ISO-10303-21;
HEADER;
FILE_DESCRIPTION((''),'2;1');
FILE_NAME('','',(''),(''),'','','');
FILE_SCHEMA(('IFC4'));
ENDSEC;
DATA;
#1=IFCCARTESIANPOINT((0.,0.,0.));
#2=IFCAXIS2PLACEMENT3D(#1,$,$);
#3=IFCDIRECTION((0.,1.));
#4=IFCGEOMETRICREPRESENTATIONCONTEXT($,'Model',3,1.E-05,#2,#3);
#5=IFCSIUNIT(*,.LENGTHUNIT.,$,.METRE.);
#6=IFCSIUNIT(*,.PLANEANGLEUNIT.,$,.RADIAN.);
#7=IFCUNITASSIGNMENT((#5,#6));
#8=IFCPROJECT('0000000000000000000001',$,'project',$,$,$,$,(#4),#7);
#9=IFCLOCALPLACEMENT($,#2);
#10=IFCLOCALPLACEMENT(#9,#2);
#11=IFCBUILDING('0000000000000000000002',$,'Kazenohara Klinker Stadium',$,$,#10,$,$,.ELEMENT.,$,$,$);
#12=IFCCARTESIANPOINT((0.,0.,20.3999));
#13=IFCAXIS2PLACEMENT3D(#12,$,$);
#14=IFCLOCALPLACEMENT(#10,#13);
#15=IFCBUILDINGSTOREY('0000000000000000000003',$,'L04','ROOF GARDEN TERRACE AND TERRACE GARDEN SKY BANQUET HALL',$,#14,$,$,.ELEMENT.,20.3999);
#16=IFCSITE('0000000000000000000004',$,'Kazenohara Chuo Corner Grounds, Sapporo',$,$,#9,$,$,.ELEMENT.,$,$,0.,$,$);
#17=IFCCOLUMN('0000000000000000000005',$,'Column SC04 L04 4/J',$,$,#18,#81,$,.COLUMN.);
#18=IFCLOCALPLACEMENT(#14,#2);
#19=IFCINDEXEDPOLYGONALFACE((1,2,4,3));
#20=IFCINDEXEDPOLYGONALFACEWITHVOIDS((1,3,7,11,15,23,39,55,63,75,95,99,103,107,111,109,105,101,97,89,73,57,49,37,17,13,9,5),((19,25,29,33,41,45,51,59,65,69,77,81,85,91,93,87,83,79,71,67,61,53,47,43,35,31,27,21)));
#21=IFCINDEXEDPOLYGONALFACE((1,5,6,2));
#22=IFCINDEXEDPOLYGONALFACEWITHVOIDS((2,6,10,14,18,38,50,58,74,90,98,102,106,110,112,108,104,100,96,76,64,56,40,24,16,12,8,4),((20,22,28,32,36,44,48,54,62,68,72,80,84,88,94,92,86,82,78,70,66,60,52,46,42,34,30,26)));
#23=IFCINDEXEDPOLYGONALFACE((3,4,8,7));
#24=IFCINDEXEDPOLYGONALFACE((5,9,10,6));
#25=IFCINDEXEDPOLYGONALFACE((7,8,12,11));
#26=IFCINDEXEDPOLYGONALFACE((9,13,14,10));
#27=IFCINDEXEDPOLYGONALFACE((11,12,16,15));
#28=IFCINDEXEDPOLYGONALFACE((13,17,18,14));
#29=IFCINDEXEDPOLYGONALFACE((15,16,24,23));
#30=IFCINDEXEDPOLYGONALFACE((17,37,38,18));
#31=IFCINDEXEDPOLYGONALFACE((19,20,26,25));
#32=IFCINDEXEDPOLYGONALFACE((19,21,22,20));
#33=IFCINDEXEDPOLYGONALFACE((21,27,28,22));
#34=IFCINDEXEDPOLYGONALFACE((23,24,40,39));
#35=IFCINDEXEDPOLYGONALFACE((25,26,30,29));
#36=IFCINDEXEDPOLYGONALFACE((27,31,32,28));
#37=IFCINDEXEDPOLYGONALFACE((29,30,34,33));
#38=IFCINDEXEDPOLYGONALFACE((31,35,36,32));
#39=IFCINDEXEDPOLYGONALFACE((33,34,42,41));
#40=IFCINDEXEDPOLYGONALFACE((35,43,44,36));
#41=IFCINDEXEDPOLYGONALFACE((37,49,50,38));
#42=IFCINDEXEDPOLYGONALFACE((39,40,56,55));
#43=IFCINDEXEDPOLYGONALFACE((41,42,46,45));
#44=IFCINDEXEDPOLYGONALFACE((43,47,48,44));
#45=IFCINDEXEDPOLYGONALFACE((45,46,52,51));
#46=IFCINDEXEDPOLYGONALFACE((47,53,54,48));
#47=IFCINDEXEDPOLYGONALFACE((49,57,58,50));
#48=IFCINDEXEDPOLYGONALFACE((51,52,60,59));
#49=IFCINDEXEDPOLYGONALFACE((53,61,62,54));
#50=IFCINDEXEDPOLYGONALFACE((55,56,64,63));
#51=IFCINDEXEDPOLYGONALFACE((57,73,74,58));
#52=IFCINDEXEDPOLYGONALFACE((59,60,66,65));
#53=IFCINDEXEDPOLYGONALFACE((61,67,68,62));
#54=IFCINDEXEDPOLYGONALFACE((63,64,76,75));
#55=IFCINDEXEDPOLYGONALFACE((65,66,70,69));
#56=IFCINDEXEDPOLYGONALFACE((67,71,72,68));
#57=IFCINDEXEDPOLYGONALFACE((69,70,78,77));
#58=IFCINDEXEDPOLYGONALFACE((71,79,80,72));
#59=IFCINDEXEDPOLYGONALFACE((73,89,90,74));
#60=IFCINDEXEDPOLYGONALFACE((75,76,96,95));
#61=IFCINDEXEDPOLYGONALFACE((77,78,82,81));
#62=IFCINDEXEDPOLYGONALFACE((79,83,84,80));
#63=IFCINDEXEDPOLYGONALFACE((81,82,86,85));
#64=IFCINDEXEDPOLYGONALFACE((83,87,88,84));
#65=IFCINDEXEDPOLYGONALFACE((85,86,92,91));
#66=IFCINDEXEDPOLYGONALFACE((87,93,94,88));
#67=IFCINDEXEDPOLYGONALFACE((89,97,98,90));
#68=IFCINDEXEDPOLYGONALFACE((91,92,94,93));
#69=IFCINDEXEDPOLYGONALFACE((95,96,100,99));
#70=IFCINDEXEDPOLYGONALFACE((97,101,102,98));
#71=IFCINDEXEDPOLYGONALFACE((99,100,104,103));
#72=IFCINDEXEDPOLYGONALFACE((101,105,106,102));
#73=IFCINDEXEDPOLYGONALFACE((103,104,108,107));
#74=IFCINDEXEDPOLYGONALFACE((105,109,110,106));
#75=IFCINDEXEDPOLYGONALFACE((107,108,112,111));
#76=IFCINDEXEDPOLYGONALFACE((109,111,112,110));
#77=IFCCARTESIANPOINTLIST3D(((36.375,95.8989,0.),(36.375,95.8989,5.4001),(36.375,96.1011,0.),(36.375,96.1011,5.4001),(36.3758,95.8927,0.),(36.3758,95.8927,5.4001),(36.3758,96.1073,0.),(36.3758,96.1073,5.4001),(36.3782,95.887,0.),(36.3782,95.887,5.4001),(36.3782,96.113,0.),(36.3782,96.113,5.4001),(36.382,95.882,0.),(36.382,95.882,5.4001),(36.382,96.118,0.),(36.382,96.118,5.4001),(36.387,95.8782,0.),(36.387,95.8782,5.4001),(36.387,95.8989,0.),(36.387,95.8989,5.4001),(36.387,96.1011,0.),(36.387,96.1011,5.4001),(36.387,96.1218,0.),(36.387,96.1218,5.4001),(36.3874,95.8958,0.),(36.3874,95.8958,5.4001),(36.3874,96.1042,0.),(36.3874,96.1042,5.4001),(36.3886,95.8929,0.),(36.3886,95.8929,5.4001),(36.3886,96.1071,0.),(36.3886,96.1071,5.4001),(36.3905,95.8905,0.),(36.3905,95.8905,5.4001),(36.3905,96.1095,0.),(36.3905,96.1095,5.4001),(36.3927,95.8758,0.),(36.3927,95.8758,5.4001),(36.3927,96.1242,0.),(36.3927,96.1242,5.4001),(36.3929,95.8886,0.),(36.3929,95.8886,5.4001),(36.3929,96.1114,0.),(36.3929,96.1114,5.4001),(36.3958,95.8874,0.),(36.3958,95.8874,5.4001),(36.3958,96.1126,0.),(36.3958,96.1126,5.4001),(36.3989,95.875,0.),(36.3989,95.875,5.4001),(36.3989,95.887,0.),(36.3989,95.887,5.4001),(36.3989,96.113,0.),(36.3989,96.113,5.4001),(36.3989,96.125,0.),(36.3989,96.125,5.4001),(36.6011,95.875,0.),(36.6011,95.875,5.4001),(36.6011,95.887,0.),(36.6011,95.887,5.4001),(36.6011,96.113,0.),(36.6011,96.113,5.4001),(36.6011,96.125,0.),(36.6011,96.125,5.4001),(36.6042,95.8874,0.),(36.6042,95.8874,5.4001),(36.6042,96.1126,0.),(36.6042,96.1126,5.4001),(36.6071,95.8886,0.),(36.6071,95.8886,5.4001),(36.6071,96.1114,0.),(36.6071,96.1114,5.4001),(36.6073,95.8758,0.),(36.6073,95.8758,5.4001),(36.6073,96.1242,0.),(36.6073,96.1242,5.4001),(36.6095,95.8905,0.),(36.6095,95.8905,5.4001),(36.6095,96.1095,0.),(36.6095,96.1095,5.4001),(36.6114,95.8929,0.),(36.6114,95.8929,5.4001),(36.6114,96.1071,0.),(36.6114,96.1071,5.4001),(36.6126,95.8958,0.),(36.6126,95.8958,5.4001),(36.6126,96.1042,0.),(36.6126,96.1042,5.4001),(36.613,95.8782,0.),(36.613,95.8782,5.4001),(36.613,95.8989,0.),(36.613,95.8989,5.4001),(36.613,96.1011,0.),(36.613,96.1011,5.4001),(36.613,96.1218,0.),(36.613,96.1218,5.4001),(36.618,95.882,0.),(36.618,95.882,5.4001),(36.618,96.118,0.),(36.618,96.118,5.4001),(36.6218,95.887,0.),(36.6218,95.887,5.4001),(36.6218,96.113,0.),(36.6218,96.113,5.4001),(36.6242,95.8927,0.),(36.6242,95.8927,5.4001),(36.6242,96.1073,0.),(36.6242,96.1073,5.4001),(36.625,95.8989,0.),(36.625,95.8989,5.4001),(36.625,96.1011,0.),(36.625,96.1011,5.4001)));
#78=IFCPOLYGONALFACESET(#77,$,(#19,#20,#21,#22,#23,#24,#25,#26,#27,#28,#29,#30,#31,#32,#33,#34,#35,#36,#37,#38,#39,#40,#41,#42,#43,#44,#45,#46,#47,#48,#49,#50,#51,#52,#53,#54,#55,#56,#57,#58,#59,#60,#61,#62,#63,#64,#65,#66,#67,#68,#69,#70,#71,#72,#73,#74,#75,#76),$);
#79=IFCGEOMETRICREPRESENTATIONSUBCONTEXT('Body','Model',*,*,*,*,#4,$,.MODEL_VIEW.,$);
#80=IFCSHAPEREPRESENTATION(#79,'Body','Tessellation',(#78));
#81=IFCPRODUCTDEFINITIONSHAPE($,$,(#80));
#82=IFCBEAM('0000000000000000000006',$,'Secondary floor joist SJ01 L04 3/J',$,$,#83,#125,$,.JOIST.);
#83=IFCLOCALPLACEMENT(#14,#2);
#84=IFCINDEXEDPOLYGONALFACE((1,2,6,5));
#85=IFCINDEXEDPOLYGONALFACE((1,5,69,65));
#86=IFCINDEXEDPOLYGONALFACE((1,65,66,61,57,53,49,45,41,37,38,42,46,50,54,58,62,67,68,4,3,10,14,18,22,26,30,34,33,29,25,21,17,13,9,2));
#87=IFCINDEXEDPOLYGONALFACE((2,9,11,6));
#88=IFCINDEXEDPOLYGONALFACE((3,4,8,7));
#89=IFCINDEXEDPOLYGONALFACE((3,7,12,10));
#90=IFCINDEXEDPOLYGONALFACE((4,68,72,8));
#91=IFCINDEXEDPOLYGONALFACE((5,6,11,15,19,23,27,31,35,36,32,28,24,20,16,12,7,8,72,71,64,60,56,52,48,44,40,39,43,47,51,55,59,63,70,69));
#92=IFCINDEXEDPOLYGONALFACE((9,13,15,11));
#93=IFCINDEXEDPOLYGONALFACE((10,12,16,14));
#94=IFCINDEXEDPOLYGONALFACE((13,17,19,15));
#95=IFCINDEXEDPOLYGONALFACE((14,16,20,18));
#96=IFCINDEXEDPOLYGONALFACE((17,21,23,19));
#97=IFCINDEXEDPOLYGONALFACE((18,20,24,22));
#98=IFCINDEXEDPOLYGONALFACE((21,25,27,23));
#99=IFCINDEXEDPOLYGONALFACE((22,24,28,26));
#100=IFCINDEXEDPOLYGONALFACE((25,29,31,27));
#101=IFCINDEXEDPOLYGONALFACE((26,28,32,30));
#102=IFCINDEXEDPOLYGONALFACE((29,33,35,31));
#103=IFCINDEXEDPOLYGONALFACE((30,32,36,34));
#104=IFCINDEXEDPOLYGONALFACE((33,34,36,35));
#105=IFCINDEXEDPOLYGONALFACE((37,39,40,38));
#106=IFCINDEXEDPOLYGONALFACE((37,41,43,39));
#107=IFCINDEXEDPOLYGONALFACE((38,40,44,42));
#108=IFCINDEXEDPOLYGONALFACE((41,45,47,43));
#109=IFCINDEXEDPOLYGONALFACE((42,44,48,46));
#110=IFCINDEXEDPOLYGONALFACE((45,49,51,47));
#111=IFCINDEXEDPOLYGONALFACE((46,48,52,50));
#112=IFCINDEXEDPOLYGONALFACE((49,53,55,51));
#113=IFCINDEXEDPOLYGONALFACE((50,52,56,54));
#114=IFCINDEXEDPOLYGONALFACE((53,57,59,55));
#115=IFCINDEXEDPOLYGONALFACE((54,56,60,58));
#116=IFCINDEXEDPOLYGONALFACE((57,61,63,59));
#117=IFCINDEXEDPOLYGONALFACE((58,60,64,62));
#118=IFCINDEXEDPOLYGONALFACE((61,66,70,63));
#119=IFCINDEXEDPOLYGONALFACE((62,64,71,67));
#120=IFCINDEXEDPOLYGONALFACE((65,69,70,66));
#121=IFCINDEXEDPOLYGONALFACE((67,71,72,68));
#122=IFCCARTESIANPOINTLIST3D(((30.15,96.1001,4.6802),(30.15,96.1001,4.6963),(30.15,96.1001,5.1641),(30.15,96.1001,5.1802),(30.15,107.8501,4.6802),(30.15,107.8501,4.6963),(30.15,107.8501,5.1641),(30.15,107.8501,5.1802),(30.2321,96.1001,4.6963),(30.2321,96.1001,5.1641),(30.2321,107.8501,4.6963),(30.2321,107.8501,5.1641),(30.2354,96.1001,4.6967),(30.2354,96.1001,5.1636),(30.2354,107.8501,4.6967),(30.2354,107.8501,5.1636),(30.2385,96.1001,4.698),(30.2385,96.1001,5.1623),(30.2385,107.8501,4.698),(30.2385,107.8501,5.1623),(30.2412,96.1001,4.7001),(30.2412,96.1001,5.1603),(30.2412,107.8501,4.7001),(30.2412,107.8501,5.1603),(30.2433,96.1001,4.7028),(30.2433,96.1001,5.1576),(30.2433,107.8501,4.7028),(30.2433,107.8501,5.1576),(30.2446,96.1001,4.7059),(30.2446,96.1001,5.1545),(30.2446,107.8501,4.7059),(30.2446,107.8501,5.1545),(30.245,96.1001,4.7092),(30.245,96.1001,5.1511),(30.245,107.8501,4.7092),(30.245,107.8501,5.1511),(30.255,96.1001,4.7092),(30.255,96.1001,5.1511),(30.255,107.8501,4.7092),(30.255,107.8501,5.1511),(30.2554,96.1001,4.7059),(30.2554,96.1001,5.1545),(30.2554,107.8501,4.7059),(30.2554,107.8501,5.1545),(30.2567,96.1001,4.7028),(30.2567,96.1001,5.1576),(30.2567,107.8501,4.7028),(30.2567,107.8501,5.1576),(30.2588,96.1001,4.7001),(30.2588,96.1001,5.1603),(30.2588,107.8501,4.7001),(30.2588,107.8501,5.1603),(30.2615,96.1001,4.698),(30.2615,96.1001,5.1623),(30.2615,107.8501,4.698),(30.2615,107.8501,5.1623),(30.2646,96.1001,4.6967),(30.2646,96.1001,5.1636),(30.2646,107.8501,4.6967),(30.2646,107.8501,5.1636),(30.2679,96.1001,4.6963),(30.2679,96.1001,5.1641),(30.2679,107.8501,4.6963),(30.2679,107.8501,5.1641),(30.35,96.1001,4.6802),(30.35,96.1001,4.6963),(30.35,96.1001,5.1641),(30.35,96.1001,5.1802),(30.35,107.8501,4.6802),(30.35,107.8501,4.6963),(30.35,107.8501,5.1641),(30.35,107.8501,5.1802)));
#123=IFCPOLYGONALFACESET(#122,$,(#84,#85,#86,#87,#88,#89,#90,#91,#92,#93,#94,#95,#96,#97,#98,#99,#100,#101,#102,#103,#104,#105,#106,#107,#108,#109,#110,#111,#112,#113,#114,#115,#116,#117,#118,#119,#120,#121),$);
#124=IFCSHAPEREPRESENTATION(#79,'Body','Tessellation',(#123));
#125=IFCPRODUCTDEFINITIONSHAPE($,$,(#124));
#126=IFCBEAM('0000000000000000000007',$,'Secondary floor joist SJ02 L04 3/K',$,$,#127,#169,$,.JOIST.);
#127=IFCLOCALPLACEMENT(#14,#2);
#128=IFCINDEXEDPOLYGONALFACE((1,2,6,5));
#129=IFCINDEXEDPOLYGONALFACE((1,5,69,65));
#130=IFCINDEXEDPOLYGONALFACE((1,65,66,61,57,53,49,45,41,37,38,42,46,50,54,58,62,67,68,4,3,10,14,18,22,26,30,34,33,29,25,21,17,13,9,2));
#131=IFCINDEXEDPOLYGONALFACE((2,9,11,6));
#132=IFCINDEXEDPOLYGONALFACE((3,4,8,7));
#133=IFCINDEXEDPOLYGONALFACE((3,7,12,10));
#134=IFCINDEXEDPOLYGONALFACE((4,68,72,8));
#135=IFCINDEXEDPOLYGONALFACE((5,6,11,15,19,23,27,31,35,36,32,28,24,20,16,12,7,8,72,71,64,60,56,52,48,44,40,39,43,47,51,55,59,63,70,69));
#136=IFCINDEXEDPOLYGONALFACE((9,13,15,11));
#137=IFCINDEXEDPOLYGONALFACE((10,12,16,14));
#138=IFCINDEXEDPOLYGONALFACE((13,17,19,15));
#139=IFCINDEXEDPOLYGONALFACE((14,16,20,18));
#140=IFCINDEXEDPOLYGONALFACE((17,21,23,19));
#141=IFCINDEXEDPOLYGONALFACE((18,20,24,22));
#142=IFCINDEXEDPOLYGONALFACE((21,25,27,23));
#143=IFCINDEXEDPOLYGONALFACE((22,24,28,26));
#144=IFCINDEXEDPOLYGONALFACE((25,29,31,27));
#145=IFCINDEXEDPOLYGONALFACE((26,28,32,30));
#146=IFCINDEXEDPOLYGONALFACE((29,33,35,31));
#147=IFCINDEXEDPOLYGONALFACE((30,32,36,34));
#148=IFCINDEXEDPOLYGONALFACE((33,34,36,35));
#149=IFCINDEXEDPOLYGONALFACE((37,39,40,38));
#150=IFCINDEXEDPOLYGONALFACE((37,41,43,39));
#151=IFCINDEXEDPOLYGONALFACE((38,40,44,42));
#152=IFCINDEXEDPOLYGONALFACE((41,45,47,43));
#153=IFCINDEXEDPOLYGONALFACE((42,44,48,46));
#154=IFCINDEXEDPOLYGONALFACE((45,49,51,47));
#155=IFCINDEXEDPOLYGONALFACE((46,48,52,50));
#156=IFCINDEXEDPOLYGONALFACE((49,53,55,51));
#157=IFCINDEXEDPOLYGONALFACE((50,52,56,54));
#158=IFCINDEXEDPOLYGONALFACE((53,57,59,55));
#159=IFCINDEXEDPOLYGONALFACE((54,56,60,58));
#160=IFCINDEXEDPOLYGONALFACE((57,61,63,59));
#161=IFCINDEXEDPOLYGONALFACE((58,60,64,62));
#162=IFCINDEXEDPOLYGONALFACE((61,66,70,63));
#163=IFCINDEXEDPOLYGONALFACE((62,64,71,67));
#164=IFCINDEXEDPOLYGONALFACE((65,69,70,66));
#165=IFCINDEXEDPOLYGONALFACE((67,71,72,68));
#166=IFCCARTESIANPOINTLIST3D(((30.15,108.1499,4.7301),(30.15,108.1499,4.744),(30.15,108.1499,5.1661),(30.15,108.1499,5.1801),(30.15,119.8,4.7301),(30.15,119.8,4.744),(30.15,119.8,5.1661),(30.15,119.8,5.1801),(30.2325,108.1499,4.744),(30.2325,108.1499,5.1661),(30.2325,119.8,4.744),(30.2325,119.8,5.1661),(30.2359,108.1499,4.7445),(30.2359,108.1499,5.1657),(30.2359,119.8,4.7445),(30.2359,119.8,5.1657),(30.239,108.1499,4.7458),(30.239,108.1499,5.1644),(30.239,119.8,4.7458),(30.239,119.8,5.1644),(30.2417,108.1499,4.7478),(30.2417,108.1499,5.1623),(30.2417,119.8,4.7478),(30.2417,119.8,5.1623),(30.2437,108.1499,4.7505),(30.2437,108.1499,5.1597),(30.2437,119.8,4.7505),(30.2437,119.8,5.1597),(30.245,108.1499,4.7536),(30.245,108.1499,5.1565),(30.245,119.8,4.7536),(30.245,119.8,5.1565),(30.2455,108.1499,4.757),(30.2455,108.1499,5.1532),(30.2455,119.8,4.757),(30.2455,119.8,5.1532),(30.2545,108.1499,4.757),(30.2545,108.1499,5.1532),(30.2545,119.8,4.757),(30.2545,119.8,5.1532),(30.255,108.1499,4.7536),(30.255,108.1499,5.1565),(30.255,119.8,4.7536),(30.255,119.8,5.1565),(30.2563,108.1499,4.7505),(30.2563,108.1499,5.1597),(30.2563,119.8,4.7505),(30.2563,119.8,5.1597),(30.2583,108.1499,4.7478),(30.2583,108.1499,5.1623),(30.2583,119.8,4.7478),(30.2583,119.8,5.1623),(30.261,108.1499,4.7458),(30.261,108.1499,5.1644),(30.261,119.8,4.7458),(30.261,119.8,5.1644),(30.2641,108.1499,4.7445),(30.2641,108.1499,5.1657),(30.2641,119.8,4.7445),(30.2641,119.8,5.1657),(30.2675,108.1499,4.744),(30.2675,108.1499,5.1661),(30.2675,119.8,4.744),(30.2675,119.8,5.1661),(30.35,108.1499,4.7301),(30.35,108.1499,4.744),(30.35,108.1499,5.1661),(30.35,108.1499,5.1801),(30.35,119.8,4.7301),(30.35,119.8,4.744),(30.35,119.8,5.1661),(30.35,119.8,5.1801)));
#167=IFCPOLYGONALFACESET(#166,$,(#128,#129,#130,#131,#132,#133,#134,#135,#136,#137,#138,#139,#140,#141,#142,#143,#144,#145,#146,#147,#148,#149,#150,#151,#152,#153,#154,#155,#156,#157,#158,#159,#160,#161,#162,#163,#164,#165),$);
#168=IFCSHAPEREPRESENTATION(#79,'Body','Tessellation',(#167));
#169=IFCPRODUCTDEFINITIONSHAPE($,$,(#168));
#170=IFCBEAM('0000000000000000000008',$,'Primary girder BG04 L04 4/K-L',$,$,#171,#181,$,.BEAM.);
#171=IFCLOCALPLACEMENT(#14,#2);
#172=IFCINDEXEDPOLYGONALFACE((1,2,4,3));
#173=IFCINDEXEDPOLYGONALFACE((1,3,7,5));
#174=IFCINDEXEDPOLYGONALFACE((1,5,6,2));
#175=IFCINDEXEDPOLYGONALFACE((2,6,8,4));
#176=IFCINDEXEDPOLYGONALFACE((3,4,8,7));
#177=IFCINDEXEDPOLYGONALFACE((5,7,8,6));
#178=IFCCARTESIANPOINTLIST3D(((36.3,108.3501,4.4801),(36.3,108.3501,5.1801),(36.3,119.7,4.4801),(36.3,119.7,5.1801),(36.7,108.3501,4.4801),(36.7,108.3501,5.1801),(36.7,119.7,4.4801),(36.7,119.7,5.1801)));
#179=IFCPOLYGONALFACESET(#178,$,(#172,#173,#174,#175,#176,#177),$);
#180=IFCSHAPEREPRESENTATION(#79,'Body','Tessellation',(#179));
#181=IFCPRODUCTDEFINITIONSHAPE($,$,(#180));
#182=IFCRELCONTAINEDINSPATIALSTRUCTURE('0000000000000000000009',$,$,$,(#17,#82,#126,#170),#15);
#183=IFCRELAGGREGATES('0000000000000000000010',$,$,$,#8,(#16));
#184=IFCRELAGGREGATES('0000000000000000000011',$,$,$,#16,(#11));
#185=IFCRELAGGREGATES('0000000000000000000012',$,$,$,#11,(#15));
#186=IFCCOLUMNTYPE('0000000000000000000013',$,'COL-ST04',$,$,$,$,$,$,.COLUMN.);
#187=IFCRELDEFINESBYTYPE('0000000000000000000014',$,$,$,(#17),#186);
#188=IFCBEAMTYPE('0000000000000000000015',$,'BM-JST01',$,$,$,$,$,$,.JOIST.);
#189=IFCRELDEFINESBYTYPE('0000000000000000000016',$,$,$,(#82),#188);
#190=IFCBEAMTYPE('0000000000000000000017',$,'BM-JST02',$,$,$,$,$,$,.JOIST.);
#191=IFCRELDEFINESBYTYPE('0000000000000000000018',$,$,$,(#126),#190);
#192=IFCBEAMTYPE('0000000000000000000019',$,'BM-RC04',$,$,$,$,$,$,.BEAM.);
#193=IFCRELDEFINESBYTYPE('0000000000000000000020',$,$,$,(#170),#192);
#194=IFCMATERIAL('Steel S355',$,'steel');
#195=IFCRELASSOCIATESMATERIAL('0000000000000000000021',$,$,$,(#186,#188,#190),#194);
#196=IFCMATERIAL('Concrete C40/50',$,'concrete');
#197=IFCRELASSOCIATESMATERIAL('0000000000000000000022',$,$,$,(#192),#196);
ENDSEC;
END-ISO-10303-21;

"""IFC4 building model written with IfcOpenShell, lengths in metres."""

from ifc_helpers import new_model, si_unit, direction, frame, origin, origin_2d, place, context, subcontext, project, spatial, rectangle, hollow_rectangle, i_section, extrude, material, material_profile, profile_set, type_object, element, save


model = new_model("IFC4")

# Units and contexts
model_context = context("Model", 3, precision=1e-05, world=origin(), true_north=direction((0.0, 1.0)))
body_context = subcontext(model_context, "Body", "Model", "MODEL_VIEW")
ifc_project = project(units=[si_unit("LENGTHUNIT", "METRE"), si_unit("PLANEANGLEUNIT", "RADIAN")], contexts=[model_context])

# Site, building, storey
site_placement = place(None, origin())
site = spatial("IfcSite", under=ifc_project, at=site_placement, Name="Kazenohara Chuo Corner Grounds, Sapporo", CompositionType="ELEMENT", RefElevation=0.0)
building_placement = place(site_placement, origin())
building = spatial("IfcBuilding", under=site, at=building_placement, Name="Kazenohara Klinker Stadium", CompositionType="ELEMENT")
storey_placement = place(building_placement, frame((0.0, 0.0, 20.3999)))
storey = spatial("IfcBuildingStorey", under=building, at=storey_placement, Name="L04", Description="ROOF GARDEN TERRACE AND TERRACE GARDEN SKY BANQUET HALL", CompositionType="ELEMENT", Elevation=20.3999)

# Column
ifc_material_1 = material(Name="Concrete C40/50", Category="concrete")
ifc_material_2 = material(Name="Steel S355", Category="steel")
ifc_material_profile_1 = material_profile(ifc_material_2, hollow_rectangle(XDim=0.25, YDim=0.25, WallThickness=0.012, InnerFilletRadius=0.012, OuterFilletRadius=0.0239, at=origin_2d()), Name="SHS-250x250x12")
ifc_profile_set_1 = profile_set([ifc_material_profile_1], Name="Steel S355")
column_type_1 = type_object("IfcColumnType", Name="COL-ST04", PredefinedType="COLUMN", material=ifc_profile_set_1)
for number, where, z_axis, x_axis, name in (
    (1, (36.5, 96.0, 0.0), (0.0, 0.0, 1.0), (1.0, 0.0, 0.0), "Column SC04 L04 4/J"),
):
    element("IfcColumn", number, at=place(storey_placement, frame(where, z_axis=z_axis, x_axis=x_axis)), inside=storey, type_object=column_type_1, Name=name, PredefinedType="COLUMN", context=body_context, shape_type="SweptSolid", body=[
        extrude(hollow_rectangle(XDim=0.25, YDim=0.25, WallThickness=0.012, InnerFilletRadius=0.012, OuterFilletRadius=0.0239, at=origin_2d()), origin(), (0.0, 0.0, 1.0), 5.4001),
    ])

# Beams
ifc_material_profile_2 = material_profile(ifc_material_2, i_section(OverallWidth=0.2, OverallDepth=0.5, WebThickness=0.01, FlangeThickness=0.0161, FilletRadius=0.0129, at=origin_2d()), Name="H-500x200x10x16")
ifc_profile_set_2 = profile_set([ifc_material_profile_2], Name="Steel S355")
beam_type_1 = type_object("IfcBeamType", Name="BM-JST01", PredefinedType="JOIST", material=ifc_profile_set_2)
beam_1_placement = place(storey_placement, frame((30.25, 96.1001, 4.9302), z_axis=(0.0, 1.0, 0.0), x_axis=(-1.0, 0.0, 0.0)))
element("IfcBeam", 2, at=beam_1_placement, inside=storey, type_object=beam_type_1, Name="Secondary floor joist SJ01 L04 3/J", PredefinedType="JOIST", context=body_context, shape_type="SweptSolid", body=[
    extrude(i_section(OverallWidth=0.2, OverallDepth=0.5, WebThickness=0.01, FlangeThickness=0.0161, FilletRadius=0.0129, at=origin_2d()), origin(), (0.0, 0.0, 1.0), 11.75),
])
ifc_material_profile_3 = material_profile(ifc_material_2, i_section(OverallWidth=0.2, OverallDepth=0.45, WebThickness=0.009, FlangeThickness=0.0139, FilletRadius=0.0129, at=origin_2d()), Name="H-450x200x9x14")
ifc_profile_set_3 = profile_set([ifc_material_profile_3], Name="Steel S355")
beam_type_2 = type_object("IfcBeamType", Name="BM-JST02", PredefinedType="JOIST", material=ifc_profile_set_3)
beam_2_placement = place(storey_placement, frame((30.25, 108.1499, 4.9551), z_axis=(0.0, 1.0, 0.0), x_axis=(-1.0, 0.0, 0.0)))
element("IfcBeam", 3, at=beam_2_placement, inside=storey, type_object=beam_type_2, Name="Secondary floor joist SJ02 L04 3/K", PredefinedType="JOIST", context=body_context, shape_type="SweptSolid", body=[
    extrude(i_section(OverallWidth=0.2, OverallDepth=0.45, WebThickness=0.009, FlangeThickness=0.0139, FilletRadius=0.0129, at=origin_2d()), origin(), (0.0, 0.0, 1.0), 11.6501),
])
ifc_material_profile_4 = material_profile(ifc_material_1, rectangle(XDim=0.3999, YDim=0.7, at=origin_2d()), Name="RC-BM-400x700")
ifc_profile_set_4 = profile_set([ifc_material_profile_4], Name="Concrete C40/50")
beam_type_3 = type_object("IfcBeamType", Name="BM-RC04", PredefinedType="BEAM", material=ifc_profile_set_4)
beam_3_placement = place(storey_placement, frame((36.5, 108.3501, 4.8301), z_axis=(0.0, 1.0, 0.0), x_axis=(-1.0, 0.0, 0.0)))
element("IfcBeam", 4, at=beam_3_placement, inside=storey, type_object=beam_type_3, Name="Primary girder BG04 L04 4/K-L", PredefinedType="BEAM", context=body_context, shape_type="SweptSolid", body=[
    extrude(rectangle(XDim=0.3999, YDim=0.7, at=origin_2d()), origin(), (0.0, 0.0, 1.0), 11.3499),
])

save(model, "model.ifc")
